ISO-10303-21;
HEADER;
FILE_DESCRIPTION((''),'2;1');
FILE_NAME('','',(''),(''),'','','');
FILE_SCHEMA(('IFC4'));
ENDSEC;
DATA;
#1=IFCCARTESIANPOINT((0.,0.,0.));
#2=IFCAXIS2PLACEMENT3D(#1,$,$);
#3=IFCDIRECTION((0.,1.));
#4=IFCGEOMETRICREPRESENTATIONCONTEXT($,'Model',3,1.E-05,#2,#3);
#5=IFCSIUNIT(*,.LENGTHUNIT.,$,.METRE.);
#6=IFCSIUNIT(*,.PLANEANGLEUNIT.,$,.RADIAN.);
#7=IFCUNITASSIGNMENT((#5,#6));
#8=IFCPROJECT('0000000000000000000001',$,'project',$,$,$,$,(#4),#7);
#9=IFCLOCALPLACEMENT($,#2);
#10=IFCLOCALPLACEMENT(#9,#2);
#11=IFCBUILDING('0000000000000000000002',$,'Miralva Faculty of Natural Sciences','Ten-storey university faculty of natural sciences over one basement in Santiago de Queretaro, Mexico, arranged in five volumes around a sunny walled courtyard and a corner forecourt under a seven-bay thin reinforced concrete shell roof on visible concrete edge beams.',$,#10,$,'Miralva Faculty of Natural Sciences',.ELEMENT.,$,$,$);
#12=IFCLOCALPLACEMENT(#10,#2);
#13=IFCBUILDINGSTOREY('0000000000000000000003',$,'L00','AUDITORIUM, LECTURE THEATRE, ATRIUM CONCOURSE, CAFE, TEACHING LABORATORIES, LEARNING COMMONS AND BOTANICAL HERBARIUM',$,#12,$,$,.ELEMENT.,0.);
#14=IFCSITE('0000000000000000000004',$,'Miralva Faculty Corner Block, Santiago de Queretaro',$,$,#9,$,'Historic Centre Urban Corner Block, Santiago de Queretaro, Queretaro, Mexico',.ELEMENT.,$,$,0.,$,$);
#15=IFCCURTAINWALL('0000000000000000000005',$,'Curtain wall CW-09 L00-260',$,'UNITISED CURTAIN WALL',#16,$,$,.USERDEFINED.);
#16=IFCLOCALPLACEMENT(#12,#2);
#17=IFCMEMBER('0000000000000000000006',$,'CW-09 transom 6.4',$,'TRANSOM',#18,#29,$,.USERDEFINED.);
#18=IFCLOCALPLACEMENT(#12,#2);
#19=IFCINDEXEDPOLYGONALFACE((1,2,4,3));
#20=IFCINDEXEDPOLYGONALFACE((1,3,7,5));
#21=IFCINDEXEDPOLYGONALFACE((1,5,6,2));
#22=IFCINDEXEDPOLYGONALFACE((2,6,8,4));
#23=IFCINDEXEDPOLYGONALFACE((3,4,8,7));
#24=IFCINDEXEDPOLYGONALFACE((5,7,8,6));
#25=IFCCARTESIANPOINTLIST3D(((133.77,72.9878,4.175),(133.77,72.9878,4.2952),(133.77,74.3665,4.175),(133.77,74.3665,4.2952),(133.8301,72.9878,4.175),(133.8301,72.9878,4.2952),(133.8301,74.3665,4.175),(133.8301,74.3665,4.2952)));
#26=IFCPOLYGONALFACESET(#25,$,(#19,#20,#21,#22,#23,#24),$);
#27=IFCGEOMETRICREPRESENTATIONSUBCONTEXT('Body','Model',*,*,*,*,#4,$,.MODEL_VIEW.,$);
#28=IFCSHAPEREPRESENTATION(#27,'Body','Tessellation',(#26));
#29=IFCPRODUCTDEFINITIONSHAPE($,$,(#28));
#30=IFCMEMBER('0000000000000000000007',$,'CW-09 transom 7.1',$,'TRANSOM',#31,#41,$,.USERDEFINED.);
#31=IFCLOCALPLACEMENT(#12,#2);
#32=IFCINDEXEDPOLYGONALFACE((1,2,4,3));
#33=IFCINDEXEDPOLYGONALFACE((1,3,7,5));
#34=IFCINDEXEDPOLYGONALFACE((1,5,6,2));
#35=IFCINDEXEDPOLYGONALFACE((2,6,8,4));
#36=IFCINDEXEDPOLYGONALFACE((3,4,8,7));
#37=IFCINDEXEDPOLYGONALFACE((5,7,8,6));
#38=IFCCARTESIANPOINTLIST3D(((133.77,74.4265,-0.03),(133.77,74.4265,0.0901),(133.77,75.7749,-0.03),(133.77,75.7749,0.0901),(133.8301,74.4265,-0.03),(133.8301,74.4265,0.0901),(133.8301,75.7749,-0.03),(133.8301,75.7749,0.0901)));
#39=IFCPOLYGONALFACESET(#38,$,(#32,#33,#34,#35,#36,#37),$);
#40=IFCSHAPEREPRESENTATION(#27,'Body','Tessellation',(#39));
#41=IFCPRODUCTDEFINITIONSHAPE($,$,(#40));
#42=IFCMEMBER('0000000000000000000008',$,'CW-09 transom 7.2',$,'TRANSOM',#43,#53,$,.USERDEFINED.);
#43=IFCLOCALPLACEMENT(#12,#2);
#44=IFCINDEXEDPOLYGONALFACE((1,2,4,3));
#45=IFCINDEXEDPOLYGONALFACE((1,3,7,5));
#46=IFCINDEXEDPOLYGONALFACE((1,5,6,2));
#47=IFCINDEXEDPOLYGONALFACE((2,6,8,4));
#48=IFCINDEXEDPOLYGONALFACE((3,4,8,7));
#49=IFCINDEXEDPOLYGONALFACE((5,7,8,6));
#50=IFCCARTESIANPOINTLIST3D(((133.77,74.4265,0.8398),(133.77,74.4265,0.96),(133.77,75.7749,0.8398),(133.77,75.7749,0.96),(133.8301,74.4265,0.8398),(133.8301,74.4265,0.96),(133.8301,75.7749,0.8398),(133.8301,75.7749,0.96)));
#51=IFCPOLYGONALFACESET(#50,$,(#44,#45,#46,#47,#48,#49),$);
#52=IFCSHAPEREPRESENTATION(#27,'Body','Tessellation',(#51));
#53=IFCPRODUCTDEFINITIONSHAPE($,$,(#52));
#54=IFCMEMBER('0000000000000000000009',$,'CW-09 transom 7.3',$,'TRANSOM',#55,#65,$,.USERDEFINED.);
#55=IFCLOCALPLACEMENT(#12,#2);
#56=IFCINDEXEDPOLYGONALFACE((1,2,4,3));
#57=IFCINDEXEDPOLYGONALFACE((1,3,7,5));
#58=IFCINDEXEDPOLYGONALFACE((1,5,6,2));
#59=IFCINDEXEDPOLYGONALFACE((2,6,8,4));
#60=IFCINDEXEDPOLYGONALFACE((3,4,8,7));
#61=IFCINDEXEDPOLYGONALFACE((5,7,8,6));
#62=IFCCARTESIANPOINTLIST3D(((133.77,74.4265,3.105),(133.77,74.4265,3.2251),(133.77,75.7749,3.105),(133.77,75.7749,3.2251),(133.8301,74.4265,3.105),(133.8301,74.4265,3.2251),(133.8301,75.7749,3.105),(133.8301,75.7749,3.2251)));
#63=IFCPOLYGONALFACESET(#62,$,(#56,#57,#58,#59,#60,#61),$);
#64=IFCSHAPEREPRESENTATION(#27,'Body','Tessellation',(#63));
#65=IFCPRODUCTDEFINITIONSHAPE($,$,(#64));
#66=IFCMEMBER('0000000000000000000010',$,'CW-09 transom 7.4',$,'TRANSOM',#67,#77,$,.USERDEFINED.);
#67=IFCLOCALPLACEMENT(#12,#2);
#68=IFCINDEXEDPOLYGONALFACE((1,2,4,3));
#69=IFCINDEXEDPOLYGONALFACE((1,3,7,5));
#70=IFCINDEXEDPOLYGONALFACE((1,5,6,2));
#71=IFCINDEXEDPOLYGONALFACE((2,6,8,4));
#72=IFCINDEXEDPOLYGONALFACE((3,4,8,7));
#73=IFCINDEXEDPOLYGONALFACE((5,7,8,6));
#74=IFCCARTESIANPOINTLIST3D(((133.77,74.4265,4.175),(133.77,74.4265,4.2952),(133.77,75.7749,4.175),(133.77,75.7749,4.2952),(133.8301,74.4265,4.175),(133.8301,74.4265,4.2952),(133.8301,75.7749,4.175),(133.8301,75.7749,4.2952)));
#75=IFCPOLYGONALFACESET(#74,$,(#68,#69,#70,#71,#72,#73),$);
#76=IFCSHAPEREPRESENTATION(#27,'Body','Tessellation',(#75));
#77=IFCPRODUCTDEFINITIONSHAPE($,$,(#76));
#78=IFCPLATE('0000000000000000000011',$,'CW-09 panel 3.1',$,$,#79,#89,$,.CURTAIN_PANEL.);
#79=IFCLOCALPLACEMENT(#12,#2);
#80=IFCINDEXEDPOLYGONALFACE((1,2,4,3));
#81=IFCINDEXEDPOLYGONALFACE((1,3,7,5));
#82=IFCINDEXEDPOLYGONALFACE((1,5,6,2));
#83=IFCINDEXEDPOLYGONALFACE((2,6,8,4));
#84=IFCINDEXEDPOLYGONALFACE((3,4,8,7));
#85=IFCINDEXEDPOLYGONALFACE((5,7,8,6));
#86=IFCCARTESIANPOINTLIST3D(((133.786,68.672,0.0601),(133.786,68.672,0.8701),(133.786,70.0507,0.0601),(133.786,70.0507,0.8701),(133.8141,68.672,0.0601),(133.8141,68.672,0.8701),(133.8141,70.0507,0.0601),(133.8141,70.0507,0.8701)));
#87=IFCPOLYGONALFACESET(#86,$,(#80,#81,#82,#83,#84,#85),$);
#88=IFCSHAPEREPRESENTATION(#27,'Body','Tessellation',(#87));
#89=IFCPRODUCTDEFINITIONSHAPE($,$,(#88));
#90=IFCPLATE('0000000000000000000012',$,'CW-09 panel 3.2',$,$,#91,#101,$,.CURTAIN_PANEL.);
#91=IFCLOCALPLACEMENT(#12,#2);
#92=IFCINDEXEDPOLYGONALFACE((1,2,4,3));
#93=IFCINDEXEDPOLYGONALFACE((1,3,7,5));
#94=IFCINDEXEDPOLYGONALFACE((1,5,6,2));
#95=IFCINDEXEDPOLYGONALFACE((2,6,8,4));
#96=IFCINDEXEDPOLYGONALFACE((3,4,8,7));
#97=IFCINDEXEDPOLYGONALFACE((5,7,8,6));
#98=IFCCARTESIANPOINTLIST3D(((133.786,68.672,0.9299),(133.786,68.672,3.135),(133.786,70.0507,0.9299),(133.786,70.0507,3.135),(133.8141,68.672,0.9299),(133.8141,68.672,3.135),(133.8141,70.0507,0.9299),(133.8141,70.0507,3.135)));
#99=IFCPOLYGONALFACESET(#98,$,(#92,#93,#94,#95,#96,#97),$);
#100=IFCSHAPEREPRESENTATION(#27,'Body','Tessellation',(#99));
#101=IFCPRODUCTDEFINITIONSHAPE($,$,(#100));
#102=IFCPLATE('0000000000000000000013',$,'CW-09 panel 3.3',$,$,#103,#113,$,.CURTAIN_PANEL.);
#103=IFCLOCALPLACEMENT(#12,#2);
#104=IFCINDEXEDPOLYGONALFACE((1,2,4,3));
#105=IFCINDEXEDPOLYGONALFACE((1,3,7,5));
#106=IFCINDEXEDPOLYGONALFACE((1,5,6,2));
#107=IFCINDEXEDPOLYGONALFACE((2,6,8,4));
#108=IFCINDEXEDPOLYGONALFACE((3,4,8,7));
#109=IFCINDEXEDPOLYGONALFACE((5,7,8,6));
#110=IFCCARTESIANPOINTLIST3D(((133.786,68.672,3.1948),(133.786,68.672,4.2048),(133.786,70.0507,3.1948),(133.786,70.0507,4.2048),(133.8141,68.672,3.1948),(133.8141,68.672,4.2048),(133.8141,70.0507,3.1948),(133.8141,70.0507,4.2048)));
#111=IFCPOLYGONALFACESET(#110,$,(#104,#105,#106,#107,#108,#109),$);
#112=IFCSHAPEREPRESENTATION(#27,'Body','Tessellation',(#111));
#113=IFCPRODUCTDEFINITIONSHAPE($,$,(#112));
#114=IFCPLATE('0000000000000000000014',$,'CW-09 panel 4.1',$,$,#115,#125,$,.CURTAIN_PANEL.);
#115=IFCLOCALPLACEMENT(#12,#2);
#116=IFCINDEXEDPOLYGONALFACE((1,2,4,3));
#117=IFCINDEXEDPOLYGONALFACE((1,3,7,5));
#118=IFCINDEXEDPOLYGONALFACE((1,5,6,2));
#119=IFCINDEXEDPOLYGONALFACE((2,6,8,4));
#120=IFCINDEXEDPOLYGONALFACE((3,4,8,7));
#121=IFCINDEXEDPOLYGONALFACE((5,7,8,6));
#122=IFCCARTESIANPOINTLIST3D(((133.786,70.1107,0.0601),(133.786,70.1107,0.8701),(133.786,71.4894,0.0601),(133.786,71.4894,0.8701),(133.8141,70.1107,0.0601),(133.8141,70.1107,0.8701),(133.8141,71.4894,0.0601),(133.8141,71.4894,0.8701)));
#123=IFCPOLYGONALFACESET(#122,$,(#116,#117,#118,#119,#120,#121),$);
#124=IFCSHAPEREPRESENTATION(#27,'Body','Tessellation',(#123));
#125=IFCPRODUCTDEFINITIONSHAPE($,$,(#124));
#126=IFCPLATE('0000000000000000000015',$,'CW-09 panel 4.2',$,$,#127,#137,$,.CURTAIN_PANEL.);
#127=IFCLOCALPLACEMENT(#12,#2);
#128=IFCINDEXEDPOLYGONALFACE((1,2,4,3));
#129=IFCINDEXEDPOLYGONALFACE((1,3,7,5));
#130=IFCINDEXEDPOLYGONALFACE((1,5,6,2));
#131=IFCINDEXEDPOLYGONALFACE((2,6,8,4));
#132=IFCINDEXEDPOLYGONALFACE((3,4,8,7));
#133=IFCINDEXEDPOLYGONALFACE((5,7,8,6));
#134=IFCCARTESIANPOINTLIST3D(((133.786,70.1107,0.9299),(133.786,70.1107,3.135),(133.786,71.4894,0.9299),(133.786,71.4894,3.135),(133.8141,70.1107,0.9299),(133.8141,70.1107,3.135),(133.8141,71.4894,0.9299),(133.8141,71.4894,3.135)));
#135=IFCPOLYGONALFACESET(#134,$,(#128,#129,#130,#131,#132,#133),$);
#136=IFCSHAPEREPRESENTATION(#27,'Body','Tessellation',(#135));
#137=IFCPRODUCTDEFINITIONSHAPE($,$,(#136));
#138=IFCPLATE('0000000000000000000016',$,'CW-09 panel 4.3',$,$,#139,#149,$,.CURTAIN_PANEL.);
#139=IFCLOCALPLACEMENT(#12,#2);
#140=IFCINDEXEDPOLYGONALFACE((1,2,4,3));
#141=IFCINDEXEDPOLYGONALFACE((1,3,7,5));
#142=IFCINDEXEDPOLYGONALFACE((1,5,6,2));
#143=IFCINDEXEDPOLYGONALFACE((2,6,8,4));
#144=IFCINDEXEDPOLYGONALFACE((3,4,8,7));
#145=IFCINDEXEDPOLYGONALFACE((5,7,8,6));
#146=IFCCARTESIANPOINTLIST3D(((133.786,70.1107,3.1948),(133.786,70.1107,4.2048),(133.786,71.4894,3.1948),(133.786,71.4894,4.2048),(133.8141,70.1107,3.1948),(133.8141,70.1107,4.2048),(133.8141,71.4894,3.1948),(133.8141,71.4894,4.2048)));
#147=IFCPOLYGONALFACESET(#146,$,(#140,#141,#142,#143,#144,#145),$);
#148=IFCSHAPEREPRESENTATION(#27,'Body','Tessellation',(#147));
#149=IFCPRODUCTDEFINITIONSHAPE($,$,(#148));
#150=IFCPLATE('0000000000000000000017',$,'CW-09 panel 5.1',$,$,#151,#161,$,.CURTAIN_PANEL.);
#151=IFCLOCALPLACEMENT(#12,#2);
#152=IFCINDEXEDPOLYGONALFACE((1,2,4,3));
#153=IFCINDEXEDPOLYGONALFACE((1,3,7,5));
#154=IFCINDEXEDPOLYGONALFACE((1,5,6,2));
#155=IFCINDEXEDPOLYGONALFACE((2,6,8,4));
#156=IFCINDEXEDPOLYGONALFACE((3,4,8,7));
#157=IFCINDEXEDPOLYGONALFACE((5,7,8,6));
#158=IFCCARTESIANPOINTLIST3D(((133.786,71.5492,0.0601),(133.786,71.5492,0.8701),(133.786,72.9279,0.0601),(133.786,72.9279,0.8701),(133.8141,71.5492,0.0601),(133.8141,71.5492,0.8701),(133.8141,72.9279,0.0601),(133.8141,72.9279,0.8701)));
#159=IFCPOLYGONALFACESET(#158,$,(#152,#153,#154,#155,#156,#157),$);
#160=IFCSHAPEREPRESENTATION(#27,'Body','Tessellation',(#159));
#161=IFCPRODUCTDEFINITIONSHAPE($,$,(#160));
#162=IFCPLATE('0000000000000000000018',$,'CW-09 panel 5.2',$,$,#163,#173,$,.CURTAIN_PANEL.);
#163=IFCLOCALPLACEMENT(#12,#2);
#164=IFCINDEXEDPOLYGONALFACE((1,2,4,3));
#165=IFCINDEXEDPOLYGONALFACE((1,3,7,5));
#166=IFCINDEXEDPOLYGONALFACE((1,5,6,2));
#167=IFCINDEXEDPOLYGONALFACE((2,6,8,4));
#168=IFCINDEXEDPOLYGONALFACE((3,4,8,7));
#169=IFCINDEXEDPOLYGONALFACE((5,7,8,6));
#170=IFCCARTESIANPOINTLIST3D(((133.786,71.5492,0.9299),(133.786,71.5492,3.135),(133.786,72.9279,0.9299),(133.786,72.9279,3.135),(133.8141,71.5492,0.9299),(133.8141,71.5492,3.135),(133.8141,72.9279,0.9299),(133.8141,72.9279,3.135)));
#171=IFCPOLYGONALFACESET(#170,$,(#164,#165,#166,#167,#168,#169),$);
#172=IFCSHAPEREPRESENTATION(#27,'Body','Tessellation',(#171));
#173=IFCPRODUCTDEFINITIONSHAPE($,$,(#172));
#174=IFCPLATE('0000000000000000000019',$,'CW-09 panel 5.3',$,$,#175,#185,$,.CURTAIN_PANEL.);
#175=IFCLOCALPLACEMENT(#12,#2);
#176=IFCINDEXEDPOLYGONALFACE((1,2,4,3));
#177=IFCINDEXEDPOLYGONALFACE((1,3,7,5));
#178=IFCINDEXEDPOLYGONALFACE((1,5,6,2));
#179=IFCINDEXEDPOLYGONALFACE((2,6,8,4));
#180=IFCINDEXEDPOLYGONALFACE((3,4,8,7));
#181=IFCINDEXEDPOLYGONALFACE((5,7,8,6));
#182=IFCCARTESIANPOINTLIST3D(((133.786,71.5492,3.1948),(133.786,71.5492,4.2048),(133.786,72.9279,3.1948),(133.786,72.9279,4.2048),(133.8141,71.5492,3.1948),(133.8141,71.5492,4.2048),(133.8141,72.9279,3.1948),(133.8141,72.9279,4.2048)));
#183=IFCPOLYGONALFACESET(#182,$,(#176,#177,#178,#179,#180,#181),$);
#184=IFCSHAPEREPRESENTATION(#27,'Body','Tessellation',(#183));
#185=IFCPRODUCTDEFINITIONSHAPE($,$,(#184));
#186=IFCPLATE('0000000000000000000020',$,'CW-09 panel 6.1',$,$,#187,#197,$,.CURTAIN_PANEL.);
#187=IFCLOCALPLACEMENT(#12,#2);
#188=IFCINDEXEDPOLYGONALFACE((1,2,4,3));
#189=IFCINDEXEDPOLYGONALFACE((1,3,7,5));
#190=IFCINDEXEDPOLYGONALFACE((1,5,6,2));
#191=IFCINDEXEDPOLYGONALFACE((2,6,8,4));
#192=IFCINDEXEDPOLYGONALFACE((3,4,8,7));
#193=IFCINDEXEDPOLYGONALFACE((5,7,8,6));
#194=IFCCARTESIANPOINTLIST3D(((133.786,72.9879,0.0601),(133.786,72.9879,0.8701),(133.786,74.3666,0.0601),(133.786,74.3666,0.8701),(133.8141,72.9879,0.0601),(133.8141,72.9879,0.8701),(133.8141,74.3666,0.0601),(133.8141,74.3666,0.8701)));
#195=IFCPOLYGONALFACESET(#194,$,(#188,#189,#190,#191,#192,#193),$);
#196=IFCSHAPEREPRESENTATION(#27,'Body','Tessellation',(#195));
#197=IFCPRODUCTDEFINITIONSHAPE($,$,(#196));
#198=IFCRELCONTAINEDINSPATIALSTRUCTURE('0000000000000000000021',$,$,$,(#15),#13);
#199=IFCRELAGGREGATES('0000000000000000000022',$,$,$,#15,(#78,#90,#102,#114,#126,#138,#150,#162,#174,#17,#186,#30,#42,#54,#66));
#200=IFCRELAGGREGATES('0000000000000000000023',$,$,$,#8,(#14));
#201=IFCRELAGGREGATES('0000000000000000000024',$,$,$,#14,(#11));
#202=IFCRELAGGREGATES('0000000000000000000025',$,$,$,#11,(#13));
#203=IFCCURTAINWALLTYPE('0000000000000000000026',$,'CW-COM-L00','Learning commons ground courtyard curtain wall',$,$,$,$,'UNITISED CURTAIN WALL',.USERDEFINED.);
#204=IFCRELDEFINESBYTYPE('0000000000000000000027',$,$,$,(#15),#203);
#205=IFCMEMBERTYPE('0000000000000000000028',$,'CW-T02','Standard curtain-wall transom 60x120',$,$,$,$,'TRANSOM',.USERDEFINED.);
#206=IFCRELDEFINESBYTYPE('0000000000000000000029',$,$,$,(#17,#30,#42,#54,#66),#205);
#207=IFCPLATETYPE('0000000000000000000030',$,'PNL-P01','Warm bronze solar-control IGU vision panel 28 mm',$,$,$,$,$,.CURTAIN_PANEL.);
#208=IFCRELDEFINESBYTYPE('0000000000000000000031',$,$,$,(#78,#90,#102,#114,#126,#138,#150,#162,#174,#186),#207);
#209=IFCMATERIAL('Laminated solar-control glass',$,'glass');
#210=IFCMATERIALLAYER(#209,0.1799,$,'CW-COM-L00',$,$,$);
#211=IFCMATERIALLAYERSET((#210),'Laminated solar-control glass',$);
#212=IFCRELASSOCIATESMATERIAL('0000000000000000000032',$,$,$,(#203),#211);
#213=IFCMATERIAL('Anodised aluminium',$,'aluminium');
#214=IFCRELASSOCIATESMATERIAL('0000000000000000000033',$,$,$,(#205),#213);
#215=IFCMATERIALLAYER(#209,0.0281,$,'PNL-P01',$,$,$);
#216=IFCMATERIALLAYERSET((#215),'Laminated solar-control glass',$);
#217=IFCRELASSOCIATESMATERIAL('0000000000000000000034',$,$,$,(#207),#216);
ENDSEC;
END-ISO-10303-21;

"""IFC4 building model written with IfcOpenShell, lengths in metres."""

from ifc_helpers import new_model, si_unit, direction, frame, origin, origin_2d, place, context, subcontext, project, spatial, rectangle, extrude, material, layer, layer_set, material_profile, profile_set, type_object, element, aggregate, save


model = new_model("IFC4")

# Units and contexts
model_context = context("Model", 3, precision=1e-05, world=origin(), true_north=direction((0.0, 1.0)))
body_context = subcontext(model_context, "Body", "Model", "MODEL_VIEW")
ifc_project = project(units=[si_unit("LENGTHUNIT", "METRE"), si_unit("PLANEANGLEUNIT", "RADIAN")], contexts=[model_context])

# Site, building, storey
site_placement = place(None, origin())
site = spatial("IfcSite", under=ifc_project, at=site_placement, Name="Miralva Faculty Corner Block, Santiago de Queretaro", LongName="Historic Centre Urban Corner Block, Santiago de Queretaro, Queretaro, Mexico", CompositionType="ELEMENT", RefElevation=0.0)
building_placement = place(site_placement, origin())
building = spatial("IfcBuilding", under=site, at=building_placement, Name="Miralva Faculty of Natural Sciences", Description="Ten-storey university faculty of natural sciences over one basement in Santiago de Queretaro, Mexico, arranged in five volumes around a sunny walled courtyard and a corner forecourt under a seven-bay thin reinforced concrete shell roof on visible concrete edge beams.", LongName="Miralva Faculty of Natural Sciences", CompositionType="ELEMENT")
storey_placement = place(building_placement, origin())
storey = spatial("IfcBuildingStorey", under=building, at=storey_placement, Name="L00", Description="AUDITORIUM, LECTURE THEATRE, ATRIUM CONCOURSE, CAFE, TEACHING LABORATORIES, LEARNING COMMONS AND BOTANICAL HERBARIUM", CompositionType="ELEMENT", Elevation=0.0)

# Curtain wall, members, plates
ifc_material_1 = material(Name="Laminated solar-control glass", Category="glass")
ifc_layer_1 = layer(ifc_material_1, 0.1799, Name="CW-COM-L00")
ifc_layer_set_1 = layer_set([ifc_layer_1], Name="Laminated solar-control glass")
curtain_wall_type = type_object("IfcCurtainWallType", Name="CW-COM-L00", Description="Learning commons ground courtyard curtain wall", ElementType="UNITISED CURTAIN WALL", PredefinedType="USERDEFINED", material=ifc_layer_set_1)
curtain_wall_placement = place(storey_placement, origin())
curtain_wall = element("IfcCurtainWall", 1, at=curtain_wall_placement, inside=storey, type_object=curtain_wall_type, Name="Curtain wall CW-09 L00-260", ObjectType="UNITISED CURTAIN WALL", PredefinedType="USERDEFINED")
ifc_material_2 = material(Name="Anodised aluminium", Category="aluminium")
ifc_material_profile_1 = material_profile(ifc_material_2, rectangle(XDim=0.0601, YDim=0.1201, at=origin_2d()), Name="TRANSOM 60x120")
ifc_profile_set_1 = profile_set([ifc_material_profile_1], Name="Anodised aluminium")
member_type_1 = type_object("IfcMemberType", Name="CW-T02", Description="Standard curtain-wall transom 60x120", ElementType="TRANSOM", PredefinedType="USERDEFINED", material=ifc_profile_set_1)
member_1_placement = place(storey_placement, frame((133.8, 72.9878, 4.2351), z_axis=(0.0, 1.0, 0.0), x_axis=(-1.0, 0.0, 0.0)))
member_1 = element("IfcMember", 2, at=member_1_placement, type_object=member_type_1, Name="CW-09 transom 6.4", ObjectType="TRANSOM", PredefinedType="USERDEFINED", context=body_context, shape_type="SweptSolid", body=[
    extrude(rectangle(XDim=0.0601, YDim=0.1201, at=origin_2d()), origin(), (0.0, 0.0, 1.0), 1.3787),
])
member_2_placement = place(storey_placement, frame((133.8, 74.4265, 0.03), z_axis=(0.0, 1.0, 0.0), x_axis=(-1.0, 0.0, 0.0)))
member_2 = element("IfcMember", 3, at=member_2_placement, type_object=member_type_1, Name="CW-09 transom 7.1", ObjectType="TRANSOM", PredefinedType="USERDEFINED", context=body_context, shape_type="SweptSolid", body=[
    extrude(rectangle(XDim=0.0601, YDim=0.1201, at=origin_2d()), origin(), (0.0, 0.0, 1.0), 1.3484),
])
member_3_placement = place(storey_placement, frame((133.8, 74.4265, 0.8999), z_axis=(0.0, 1.0, 0.0), x_axis=(-1.0, 0.0, 0.0)))
member_3 = element("IfcMember", 4, at=member_3_placement, type_object=member_type_1, Name="CW-09 transom 7.2", ObjectType="TRANSOM", PredefinedType="USERDEFINED", context=body_context, shape_type="SweptSolid", body=[
    extrude(rectangle(XDim=0.0601, YDim=0.1201, at=origin_2d()), origin(), (0.0, 0.0, 1.0), 1.3484),
])
member_4_placement = place(storey_placement, frame((133.8, 74.4265, 3.165), z_axis=(0.0, 1.0, 0.0), x_axis=(-1.0, 0.0, 0.0)))
member_4 = element("IfcMember", 5, at=member_4_placement, type_object=member_type_1, Name="CW-09 transom 7.3", ObjectType="TRANSOM", PredefinedType="USERDEFINED", context=body_context, shape_type="SweptSolid", body=[
    extrude(rectangle(XDim=0.0601, YDim=0.1201, at=origin_2d()), origin(), (0.0, 0.0, 1.0), 1.3484),
])
member_5_placement = place(storey_placement, frame((133.8, 74.4265, 4.2351), z_axis=(0.0, 1.0, 0.0), x_axis=(-1.0, 0.0, 0.0)))
member_5 = element("IfcMember", 6, at=member_5_placement, type_object=member_type_1, Name="CW-09 transom 7.4", ObjectType="TRANSOM", PredefinedType="USERDEFINED", context=body_context, shape_type="SweptSolid", body=[
    extrude(rectangle(XDim=0.0601, YDim=0.1201, at=origin_2d()), origin(), (0.0, 0.0, 1.0), 1.3484),
])
ifc_layer_2 = layer(ifc_material_1, 0.0281, Name="PNL-P01")
ifc_layer_set_2 = layer_set([ifc_layer_2], Name="Laminated solar-control glass")
plate_type = type_object("IfcPlateType", Name="PNL-P01", Description="Warm bronze solar-control IGU vision panel 28 mm", PredefinedType="CURTAIN_PANEL", material=ifc_layer_set_2)
plate_1_placement = place(storey_placement, frame((133.8, 69.3613, 0.0601), z_axis=(0.0, 0.0, 1.0), x_axis=(0.0, 1.0, 0.0)))
plate_1 = element("IfcPlate", 7, at=plate_1_placement, type_object=plate_type, Name="CW-09 panel 3.1", PredefinedType="CURTAIN_PANEL", context=body_context, shape_type="SweptSolid", body=[
    extrude(rectangle(XDim=1.3787, YDim=0.0281, at=origin_2d()), origin(), (0.0, 0.0, 1.0), 0.8101),
])
plate_2_placement = place(storey_placement, frame((133.8, 69.3613, 0.9299), z_axis=(0.0, 0.0, 1.0), x_axis=(0.0, 1.0, 0.0)))
plate_2 = element("IfcPlate", 8, at=plate_2_placement, type_object=plate_type, Name="CW-09 panel 3.2", PredefinedType="CURTAIN_PANEL", context=body_context, shape_type="SweptSolid", body=[
    extrude(rectangle(XDim=1.3787, YDim=0.0281, at=origin_2d()), origin(), (0.0, 0.0, 1.0), 2.2051),
])
plate_3_placement = place(storey_placement, frame((133.8, 69.3613, 3.1948), z_axis=(0.0, 0.0, 1.0), x_axis=(0.0, 1.0, 0.0)))
plate_3 = element("IfcPlate", 9, at=plate_3_placement, type_object=plate_type, Name="CW-09 panel 3.3", PredefinedType="CURTAIN_PANEL", context=body_context, shape_type="SweptSolid", body=[
    extrude(rectangle(XDim=1.3787, YDim=0.0281, at=origin_2d()), origin(), (0.0, 0.0, 1.0), 1.01),
])
plate_4_placement = place(storey_placement, frame((133.8, 70.8, 0.0601), z_axis=(0.0, 0.0, 1.0), x_axis=(0.0, 1.0, 0.0)))
plate_4 = element("IfcPlate", 10, at=plate_4_placement, type_object=plate_type, Name="CW-09 panel 4.1", PredefinedType="CURTAIN_PANEL", context=body_context, shape_type="SweptSolid", body=[
    extrude(rectangle(XDim=1.3787, YDim=0.0281, at=origin_2d()), origin(), (0.0, 0.0, 1.0), 0.8101),
])
plate_5_placement = place(storey_placement, frame((133.8, 70.8, 0.9299), z_axis=(0.0, 0.0, 1.0), x_axis=(0.0, 1.0, 0.0)))
plate_5 = element("IfcPlate", 11, at=plate_5_placement, type_object=plate_type, Name="CW-09 panel 4.2", PredefinedType="CURTAIN_PANEL", context=body_context, shape_type="SweptSolid", body=[
    extrude(rectangle(XDim=1.3787, YDim=0.0281, at=origin_2d()), origin(), (0.0, 0.0, 1.0), 2.2051),
])
plate_6_placement = place(storey_placement, frame((133.8, 70.8, 3.1948), z_axis=(0.0, 0.0, 1.0), x_axis=(0.0, 1.0, 0.0)))
plate_6 = element("IfcPlate", 12, at=plate_6_placement, type_object=plate_type, Name="CW-09 panel 4.3", PredefinedType="CURTAIN_PANEL", context=body_context, shape_type="SweptSolid", body=[
    extrude(rectangle(XDim=1.3787, YDim=0.0281, at=origin_2d()), origin(), (0.0, 0.0, 1.0), 1.01),
])
plate_7_placement = place(storey_placement, frame((133.8, 72.2385, 0.0601), z_axis=(0.0, 0.0, 1.0), x_axis=(0.0, 1.0, 0.0)))
plate_7 = element("IfcPlate", 13, at=plate_7_placement, type_object=plate_type, Name="CW-09 panel 5.1", PredefinedType="CURTAIN_PANEL", context=body_context, shape_type="SweptSolid", body=[
    extrude(rectangle(XDim=1.3787, YDim=0.0281, at=origin_2d()), origin(), (0.0, 0.0, 1.0), 0.8101),
])
plate_8_placement = place(storey_placement, frame((133.8, 72.2385, 0.9299), z_axis=(0.0, 0.0, 1.0), x_axis=(0.0, 1.0, 0.0)))
plate_8 = element("IfcPlate", 14, at=plate_8_placement, type_object=plate_type, Name="CW-09 panel 5.2", PredefinedType="CURTAIN_PANEL", context=body_context, shape_type="SweptSolid", body=[
    extrude(rectangle(XDim=1.3787, YDim=0.0281, at=origin_2d()), origin(), (0.0, 0.0, 1.0), 2.2051),
])
plate_9_placement = place(storey_placement, frame((133.8, 72.2385, 3.1948), z_axis=(0.0, 0.0, 1.0), x_axis=(0.0, 1.0, 0.0)))
plate_9 = element("IfcPlate", 15, at=plate_9_placement, type_object=plate_type, Name="CW-09 panel 5.3", PredefinedType="CURTAIN_PANEL", context=body_context, shape_type="SweptSolid", body=[
    extrude(rectangle(XDim=1.3787, YDim=0.0281, at=origin_2d()), origin(), (0.0, 0.0, 1.0), 1.01),
])
plate_10_placement = place(storey_placement, frame((133.8, 73.6772, 0.0601), z_axis=(0.0, 0.0, 1.0), x_axis=(0.0, 1.0, 0.0)))
plate_10 = element("IfcPlate", 16, at=plate_10_placement, type_object=plate_type, Name="CW-09 panel 6.1", PredefinedType="CURTAIN_PANEL", context=body_context, shape_type="SweptSolid", body=[
    extrude(rectangle(XDim=1.3787, YDim=0.0281, at=origin_2d()), origin(), (0.0, 0.0, 1.0), 0.8101),
])
aggregate(curtain_wall, [plate_1, plate_2, plate_3, plate_4, plate_5, plate_6, plate_7, plate_8, plate_9, member_1, plate_10, member_2, member_3, member_4, member_5])

save(model, "model.ifc")
